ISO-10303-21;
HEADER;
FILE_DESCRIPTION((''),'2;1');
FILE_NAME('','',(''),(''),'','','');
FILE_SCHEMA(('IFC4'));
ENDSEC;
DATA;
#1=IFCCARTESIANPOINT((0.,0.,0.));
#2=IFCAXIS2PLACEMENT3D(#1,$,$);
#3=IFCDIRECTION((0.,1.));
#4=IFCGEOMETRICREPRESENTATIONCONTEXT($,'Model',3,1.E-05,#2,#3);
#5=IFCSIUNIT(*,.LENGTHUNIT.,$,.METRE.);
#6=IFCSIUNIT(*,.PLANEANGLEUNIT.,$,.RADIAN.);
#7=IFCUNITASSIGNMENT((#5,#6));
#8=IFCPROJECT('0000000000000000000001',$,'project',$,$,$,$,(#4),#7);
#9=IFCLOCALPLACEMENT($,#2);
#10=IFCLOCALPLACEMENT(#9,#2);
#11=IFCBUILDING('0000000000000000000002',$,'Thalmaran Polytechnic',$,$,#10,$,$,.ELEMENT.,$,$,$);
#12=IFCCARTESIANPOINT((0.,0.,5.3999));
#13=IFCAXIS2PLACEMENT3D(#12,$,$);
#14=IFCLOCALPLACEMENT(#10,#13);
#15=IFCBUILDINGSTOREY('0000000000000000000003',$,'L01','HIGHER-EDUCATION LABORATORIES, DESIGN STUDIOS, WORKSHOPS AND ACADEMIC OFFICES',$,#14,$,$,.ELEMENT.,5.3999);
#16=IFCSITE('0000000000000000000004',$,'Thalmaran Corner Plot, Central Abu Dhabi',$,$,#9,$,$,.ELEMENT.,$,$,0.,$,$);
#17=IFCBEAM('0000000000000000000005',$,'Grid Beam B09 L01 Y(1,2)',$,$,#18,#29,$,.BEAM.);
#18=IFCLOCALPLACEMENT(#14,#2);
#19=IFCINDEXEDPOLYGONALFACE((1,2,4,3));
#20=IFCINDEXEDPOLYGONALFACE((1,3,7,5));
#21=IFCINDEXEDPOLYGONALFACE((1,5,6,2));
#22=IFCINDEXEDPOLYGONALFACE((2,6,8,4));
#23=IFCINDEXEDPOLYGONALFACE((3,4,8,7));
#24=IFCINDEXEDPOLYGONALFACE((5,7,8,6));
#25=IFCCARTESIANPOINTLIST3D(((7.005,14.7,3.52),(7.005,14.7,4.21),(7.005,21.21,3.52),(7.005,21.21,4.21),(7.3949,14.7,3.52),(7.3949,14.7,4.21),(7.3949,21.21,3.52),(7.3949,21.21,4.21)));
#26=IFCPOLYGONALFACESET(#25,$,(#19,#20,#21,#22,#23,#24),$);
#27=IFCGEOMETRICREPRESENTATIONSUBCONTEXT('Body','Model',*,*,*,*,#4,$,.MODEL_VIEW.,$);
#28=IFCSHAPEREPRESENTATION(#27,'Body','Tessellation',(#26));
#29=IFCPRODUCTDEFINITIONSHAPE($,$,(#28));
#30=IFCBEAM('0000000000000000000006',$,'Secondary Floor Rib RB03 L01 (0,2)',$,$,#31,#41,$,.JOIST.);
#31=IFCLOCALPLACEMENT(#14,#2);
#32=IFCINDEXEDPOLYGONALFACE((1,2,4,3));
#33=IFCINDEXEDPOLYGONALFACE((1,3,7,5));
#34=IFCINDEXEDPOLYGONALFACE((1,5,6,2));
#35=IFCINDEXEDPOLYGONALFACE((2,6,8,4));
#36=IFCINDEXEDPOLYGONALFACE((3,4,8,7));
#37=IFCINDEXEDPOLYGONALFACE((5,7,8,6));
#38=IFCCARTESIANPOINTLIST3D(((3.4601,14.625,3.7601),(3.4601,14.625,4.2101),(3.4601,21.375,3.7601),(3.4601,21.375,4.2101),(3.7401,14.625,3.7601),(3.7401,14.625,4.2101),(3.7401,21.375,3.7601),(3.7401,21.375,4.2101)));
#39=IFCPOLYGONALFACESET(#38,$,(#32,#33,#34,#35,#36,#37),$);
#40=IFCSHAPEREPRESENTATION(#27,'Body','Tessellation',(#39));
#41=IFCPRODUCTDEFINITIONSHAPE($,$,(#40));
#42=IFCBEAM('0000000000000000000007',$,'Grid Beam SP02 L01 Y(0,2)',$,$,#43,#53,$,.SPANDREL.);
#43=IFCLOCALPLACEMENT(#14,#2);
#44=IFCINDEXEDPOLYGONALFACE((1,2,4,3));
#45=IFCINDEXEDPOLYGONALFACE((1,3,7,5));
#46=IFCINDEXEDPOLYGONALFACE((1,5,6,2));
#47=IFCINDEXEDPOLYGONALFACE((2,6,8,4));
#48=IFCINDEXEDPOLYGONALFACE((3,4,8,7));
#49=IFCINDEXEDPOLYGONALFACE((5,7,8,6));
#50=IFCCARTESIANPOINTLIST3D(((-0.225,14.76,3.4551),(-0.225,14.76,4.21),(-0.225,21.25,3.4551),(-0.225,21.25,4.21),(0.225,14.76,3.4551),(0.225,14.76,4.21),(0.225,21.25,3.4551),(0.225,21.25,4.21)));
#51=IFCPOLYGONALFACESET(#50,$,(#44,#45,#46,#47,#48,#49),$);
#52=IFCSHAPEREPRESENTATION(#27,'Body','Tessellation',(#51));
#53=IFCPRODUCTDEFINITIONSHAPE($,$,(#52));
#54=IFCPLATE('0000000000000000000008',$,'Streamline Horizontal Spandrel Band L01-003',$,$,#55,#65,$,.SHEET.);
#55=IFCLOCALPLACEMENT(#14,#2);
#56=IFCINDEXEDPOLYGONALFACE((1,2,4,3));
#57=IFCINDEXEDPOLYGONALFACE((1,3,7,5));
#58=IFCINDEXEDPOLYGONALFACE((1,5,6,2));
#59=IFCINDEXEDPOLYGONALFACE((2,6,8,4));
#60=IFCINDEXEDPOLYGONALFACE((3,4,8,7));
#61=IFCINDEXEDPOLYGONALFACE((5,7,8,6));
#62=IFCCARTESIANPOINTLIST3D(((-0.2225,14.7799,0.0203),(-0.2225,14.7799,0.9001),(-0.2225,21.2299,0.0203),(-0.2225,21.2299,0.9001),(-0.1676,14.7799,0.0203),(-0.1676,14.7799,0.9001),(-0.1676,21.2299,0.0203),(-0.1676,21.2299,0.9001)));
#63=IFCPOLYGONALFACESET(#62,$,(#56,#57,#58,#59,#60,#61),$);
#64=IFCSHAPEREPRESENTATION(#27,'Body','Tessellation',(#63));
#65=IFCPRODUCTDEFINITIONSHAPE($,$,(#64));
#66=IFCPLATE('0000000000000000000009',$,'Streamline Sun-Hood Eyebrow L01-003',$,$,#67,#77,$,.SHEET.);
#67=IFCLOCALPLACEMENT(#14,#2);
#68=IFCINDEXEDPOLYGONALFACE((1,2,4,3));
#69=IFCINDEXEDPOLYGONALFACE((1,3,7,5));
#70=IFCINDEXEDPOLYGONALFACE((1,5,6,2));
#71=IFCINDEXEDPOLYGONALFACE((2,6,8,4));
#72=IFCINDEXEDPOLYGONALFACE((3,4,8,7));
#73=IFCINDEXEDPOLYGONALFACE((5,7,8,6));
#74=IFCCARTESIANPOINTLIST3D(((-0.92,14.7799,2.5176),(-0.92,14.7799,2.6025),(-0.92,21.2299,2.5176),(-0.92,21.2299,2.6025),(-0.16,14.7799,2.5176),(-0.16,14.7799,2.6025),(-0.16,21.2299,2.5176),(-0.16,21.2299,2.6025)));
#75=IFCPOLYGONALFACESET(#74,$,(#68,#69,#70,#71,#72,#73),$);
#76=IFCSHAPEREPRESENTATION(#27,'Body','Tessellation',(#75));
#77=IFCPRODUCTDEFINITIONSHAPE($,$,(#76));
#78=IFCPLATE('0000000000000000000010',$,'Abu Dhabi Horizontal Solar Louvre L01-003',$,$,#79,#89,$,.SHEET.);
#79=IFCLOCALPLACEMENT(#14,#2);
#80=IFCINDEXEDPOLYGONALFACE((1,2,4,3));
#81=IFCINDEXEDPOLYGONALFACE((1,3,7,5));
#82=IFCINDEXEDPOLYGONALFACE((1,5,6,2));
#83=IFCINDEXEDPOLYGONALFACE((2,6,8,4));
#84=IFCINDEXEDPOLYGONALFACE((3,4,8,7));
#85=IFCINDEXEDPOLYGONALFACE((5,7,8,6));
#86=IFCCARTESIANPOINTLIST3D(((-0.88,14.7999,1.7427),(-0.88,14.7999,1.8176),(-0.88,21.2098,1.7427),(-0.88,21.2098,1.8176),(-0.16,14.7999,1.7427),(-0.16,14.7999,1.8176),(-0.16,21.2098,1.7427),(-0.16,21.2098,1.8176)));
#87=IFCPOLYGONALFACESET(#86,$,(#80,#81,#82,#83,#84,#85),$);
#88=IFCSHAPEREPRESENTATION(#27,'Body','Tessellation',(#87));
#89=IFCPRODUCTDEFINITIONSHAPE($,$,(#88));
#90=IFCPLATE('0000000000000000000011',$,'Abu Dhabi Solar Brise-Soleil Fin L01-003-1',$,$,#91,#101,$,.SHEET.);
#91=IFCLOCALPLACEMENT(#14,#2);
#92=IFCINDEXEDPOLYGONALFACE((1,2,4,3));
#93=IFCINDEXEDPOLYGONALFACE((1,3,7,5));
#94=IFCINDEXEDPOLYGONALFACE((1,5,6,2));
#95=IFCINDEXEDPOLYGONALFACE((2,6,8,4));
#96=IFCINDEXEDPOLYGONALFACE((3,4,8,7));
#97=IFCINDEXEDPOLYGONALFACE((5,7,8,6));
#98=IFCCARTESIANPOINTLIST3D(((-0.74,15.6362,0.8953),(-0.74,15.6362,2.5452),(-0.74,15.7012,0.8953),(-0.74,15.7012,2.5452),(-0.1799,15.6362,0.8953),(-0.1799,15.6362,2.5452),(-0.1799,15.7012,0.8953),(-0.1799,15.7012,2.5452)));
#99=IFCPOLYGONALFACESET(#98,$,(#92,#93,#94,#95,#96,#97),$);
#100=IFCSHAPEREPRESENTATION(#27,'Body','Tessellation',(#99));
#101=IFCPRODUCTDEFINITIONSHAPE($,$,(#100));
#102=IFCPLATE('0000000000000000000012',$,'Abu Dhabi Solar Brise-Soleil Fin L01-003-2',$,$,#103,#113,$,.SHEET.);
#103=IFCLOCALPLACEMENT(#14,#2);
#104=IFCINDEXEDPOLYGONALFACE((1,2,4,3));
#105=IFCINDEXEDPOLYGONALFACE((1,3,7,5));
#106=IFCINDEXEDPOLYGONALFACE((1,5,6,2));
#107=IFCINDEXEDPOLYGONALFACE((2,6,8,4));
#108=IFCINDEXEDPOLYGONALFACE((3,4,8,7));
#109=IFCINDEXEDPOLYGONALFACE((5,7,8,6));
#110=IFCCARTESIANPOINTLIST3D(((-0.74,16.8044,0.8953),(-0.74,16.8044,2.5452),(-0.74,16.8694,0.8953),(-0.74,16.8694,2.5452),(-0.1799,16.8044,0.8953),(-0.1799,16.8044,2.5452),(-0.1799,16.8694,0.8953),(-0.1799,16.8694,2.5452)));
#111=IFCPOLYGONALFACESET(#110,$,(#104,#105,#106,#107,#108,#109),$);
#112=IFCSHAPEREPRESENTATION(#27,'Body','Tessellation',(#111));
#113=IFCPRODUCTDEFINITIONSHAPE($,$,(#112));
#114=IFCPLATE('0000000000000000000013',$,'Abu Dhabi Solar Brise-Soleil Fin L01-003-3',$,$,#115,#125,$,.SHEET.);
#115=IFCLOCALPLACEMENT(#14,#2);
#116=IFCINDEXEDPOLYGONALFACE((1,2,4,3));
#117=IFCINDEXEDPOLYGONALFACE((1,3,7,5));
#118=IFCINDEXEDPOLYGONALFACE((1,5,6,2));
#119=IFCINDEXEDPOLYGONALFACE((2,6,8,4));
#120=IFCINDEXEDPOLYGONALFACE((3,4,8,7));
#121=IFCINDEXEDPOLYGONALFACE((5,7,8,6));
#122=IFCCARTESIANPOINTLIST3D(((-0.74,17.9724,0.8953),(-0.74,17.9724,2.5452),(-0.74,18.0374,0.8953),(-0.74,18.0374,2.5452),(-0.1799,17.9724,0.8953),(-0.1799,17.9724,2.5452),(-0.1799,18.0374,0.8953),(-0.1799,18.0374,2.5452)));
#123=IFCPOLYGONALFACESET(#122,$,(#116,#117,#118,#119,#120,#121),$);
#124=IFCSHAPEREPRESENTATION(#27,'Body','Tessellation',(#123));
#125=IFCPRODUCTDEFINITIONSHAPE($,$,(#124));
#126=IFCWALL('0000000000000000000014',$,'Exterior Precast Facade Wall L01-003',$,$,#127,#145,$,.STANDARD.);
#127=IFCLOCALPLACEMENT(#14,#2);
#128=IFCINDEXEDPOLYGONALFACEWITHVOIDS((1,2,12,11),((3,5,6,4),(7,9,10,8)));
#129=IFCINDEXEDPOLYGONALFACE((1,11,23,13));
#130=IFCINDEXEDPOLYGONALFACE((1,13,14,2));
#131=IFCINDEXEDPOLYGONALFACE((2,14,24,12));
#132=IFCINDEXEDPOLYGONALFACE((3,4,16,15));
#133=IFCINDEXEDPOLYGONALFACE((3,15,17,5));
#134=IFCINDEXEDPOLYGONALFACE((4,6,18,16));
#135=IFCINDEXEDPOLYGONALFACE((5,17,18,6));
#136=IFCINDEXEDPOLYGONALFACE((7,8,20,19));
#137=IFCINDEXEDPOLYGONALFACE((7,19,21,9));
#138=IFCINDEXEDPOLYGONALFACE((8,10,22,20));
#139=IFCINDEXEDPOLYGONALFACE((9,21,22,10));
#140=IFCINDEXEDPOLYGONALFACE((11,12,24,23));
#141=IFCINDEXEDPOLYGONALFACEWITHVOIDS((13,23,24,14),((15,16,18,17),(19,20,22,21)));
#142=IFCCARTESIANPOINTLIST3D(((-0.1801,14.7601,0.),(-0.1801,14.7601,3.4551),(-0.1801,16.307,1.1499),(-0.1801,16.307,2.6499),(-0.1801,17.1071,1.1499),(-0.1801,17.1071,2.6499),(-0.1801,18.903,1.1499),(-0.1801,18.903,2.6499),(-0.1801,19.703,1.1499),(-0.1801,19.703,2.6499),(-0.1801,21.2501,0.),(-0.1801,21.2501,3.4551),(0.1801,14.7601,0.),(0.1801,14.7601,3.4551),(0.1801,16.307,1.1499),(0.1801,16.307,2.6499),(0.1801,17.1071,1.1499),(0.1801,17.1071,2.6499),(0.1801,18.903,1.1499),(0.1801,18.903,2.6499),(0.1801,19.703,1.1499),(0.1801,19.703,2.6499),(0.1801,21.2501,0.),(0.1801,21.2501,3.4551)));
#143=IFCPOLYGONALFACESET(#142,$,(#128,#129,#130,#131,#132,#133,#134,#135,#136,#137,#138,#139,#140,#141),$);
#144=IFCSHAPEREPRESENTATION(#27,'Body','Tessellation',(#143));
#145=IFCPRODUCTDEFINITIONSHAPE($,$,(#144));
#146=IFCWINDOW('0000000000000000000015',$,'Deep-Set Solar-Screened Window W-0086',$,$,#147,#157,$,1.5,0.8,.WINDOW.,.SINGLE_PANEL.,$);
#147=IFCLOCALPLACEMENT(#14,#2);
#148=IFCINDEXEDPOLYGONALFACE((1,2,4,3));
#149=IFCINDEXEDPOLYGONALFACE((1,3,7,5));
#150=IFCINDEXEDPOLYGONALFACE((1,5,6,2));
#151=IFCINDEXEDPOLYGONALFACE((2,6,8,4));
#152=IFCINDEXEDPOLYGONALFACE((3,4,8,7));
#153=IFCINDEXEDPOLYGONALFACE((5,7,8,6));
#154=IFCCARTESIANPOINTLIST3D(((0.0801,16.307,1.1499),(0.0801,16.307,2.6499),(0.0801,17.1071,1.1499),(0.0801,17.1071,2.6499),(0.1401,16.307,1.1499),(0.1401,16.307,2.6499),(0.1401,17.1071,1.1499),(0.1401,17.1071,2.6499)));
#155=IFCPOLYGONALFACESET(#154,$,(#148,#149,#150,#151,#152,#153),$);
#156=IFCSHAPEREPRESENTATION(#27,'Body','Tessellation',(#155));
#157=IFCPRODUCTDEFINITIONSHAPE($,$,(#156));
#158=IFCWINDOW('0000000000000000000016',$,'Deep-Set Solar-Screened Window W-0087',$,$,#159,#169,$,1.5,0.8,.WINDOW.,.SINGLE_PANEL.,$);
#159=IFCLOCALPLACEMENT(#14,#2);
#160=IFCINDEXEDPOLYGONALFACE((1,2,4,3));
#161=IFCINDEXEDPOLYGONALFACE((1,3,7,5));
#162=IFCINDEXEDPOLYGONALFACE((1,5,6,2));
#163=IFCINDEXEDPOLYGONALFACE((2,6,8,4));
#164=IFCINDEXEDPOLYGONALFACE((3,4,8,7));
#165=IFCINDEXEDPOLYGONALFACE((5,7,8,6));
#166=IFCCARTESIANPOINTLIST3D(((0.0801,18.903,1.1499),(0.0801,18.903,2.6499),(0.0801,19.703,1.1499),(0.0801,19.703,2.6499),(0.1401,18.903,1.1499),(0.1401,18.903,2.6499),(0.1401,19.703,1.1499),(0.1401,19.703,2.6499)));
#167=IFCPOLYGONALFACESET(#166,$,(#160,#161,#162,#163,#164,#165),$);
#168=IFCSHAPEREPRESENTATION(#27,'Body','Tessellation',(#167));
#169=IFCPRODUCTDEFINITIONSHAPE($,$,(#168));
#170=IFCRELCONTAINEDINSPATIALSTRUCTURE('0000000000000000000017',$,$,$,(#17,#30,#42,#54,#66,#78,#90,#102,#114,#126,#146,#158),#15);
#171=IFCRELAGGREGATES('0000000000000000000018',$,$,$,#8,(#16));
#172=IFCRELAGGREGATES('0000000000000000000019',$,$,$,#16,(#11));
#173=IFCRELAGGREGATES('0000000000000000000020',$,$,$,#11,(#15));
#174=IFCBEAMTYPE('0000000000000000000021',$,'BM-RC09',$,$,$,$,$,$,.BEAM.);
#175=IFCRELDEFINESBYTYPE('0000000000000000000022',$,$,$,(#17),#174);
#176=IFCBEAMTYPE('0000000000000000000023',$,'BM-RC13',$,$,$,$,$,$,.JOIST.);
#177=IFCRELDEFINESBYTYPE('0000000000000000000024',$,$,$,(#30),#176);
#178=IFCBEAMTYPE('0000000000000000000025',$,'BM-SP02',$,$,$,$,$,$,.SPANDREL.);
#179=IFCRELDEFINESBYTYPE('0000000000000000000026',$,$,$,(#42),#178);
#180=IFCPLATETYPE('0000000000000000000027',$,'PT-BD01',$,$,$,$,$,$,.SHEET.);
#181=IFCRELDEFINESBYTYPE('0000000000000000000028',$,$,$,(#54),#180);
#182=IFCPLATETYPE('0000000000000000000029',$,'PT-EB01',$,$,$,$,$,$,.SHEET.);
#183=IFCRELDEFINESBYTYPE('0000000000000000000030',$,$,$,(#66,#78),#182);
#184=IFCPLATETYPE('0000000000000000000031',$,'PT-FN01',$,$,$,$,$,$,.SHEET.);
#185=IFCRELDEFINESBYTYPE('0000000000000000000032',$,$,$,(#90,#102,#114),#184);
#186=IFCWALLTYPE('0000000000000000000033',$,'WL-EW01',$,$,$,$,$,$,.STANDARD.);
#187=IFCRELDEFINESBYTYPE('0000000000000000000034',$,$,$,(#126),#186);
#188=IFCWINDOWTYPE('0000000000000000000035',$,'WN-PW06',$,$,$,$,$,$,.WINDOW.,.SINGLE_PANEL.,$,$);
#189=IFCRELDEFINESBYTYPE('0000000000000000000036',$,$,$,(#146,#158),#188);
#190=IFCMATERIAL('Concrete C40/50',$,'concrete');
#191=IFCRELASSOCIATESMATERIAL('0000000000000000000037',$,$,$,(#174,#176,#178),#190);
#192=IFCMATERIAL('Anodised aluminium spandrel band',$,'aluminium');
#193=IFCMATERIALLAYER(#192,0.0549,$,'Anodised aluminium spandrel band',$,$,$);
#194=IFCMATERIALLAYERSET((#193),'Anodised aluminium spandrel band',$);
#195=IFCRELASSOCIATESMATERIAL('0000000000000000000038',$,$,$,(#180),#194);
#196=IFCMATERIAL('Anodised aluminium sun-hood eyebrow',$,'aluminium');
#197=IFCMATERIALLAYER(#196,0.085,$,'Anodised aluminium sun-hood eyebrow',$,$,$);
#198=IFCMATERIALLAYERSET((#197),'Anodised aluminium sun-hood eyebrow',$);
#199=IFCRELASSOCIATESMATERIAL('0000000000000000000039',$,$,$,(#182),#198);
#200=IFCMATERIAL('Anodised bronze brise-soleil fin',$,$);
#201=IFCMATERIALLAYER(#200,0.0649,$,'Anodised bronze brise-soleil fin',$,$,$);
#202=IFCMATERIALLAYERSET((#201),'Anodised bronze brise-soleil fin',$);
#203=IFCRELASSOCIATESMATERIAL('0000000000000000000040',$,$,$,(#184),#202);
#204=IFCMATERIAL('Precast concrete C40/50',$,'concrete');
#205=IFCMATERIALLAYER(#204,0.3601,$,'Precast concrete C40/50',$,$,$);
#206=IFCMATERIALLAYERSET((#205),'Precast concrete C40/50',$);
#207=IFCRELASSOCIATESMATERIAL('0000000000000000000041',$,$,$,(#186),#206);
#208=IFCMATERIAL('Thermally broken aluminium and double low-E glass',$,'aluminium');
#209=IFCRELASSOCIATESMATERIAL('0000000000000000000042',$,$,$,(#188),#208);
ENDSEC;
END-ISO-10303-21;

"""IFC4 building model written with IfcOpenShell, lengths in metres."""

from ifc_helpers import new_model, si_unit, direction, frame, frame_2d, origin, origin_2d, place, context, subcontext, project, spatial, rectangle, extrude, material, layer, layer_set, material_profile, profile_set, type_object, element, fill, save


model = new_model("IFC4")

# Units and contexts
model_context = context("Model", 3, precision=1e-05, world=origin(), true_north=direction((0.0, 1.0)))
body_context = subcontext(model_context, "Body", "Model", "MODEL_VIEW")
ifc_project = project(units=[si_unit("LENGTHUNIT", "METRE"), si_unit("PLANEANGLEUNIT", "RADIAN")], contexts=[model_context])

# Site, building, storey
site_placement = place(None, origin())
site = spatial("IfcSite", under=ifc_project, at=site_placement, Name="Thalmaran Corner Plot, Central Abu Dhabi", CompositionType="ELEMENT", RefElevation=0.0)
building_placement = place(site_placement, origin())
building = spatial("IfcBuilding", under=site, at=building_placement, Name="Thalmaran Polytechnic", CompositionType="ELEMENT")
storey_placement = place(building_placement, frame((0.0, 0.0, 5.3999)))
storey = spatial("IfcBuildingStorey", under=building, at=storey_placement, Name="L01", Description="HIGHER-EDUCATION LABORATORIES, DESIGN STUDIOS, WORKSHOPS AND ACADEMIC OFFICES", CompositionType="ELEMENT", Elevation=5.3999)

# Beams
ifc_material_1 = material(Name="Concrete C40/50", Category="concrete")
ifc_material_profile_1 = material_profile(ifc_material_1, rectangle(XDim=0.3899, YDim=0.6899, at=origin_2d()), Name="RC 390x690")
ifc_profile_set_1 = profile_set([ifc_material_profile_1], Name="Concrete C40/50")
beam_type_1 = type_object("IfcBeamType", Name="BM-RC09", PredefinedType="BEAM", material=ifc_profile_set_1)
beam_1_placement = place(storey_placement, frame((7.2, 14.7, 3.865), z_axis=(0.0, 1.0, 0.0), x_axis=(-1.0, 0.0, 0.0)))
element("IfcBeam", 1, at=beam_1_placement, inside=storey, type_object=beam_type_1, Name="Grid Beam B09 L01 Y(1,2)", PredefinedType="BEAM", context=body_context, shape_type="SweptSolid", body=[
    extrude(rectangle(XDim=0.3899, YDim=0.6899, at=origin_2d()), origin(), (0.0, 0.0, 1.0), 6.51),
])
ifc_material_profile_2 = material_profile(ifc_material_1, rectangle(XDim=0.28, YDim=0.45, at=origin_2d()), Name="RC 280x450")
ifc_profile_set_2 = profile_set([ifc_material_profile_2], Name="Concrete C40/50")
beam_type_2 = type_object("IfcBeamType", Name="BM-RC13", PredefinedType="JOIST", material=ifc_profile_set_2)
beam_2_placement = place(storey_placement, frame((3.6001, 14.625, 3.9851), z_axis=(0.0, 1.0, 0.0), x_axis=(-1.0, 0.0, 0.0)))
element("IfcBeam", 2, at=beam_2_placement, inside=storey, type_object=beam_type_2, Name="Secondary Floor Rib RB03 L01 (0,2)", PredefinedType="JOIST", context=body_context, shape_type="SweptSolid", body=[
    extrude(rectangle(XDim=0.28, YDim=0.45, at=origin_2d()), origin(), (0.0, 0.0, 1.0), 6.75),
])
ifc_material_profile_3 = material_profile(ifc_material_1, rectangle(XDim=0.45, YDim=0.7549, at=origin_2d()), Name="RC 450x755")
ifc_profile_set_3 = profile_set([ifc_material_profile_3], Name="Concrete C40/50")
beam_type_3 = type_object("IfcBeamType", Name="BM-SP02", PredefinedType="SPANDREL", material=ifc_profile_set_3)
beam_3_placement = place(storey_placement, frame((0.0, 14.76, 3.8325), z_axis=(0.0, 1.0, 0.0), x_axis=(-1.0, 0.0, 0.0)))
element("IfcBeam", 3, at=beam_3_placement, inside=storey, type_object=beam_type_3, Name="Grid Beam SP02 L01 Y(0,2)", PredefinedType="SPANDREL", context=body_context, shape_type="SweptSolid", body=[
    extrude(rectangle(XDim=0.45, YDim=0.7549, at=origin_2d()), origin(), (0.0, 0.0, 1.0), 6.49),
])

# Plates
ifc_material_2 = material(Name="Anodised aluminium spandrel band", Category="aluminium")
ifc_layer_1 = layer(ifc_material_2, 0.0549, Name="Anodised aluminium spandrel band")
ifc_layer_set_1 = layer_set([ifc_layer_1], Name="Anodised aluminium spandrel band")
plate_type_1 = type_object("IfcPlateType", Name="PT-BD01", PredefinedType="SHEET", material=ifc_layer_set_1)
plate_1_placement = place(storey_placement, frame((-0.1951, 18.0049, 0.0203), z_axis=(0.0, 0.0, 1.0), x_axis=(0.0, 1.0, 0.0)))
element("IfcPlate", 4, at=plate_1_placement, inside=storey, type_object=plate_type_1, Name="Streamline Horizontal Spandrel Band L01-003", PredefinedType="SHEET", context=body_context, shape_type="SweptSolid", body=[
    extrude(rectangle(XDim=6.45, YDim=0.0549, at=origin_2d()), origin(), (0.0, 0.0, 1.0), 0.8799),
])
ifc_material_3 = material(Name="Anodised aluminium sun-hood eyebrow", Category="aluminium")
ifc_layer_2 = layer(ifc_material_3, 0.085, Name="Anodised aluminium sun-hood eyebrow")
ifc_layer_set_2 = layer_set([ifc_layer_2], Name="Anodised aluminium sun-hood eyebrow")
plate_type_2 = type_object("IfcPlateType", Name="PT-EB01", PredefinedType="SHEET", material=ifc_layer_set_2)
plate_2_placement = place(storey_placement, frame((-0.54, 18.0049, 2.5176), z_axis=(0.0, 0.0, 1.0), x_axis=(0.0, 1.0, 0.0)))
element("IfcPlate", 5, at=plate_2_placement, inside=storey, type_object=plate_type_2, Name="Streamline Sun-Hood Eyebrow L01-003", PredefinedType="SHEET", context=body_context, shape_type="SweptSolid", body=[
    extrude(rectangle(XDim=6.45, YDim=0.76, at=origin_2d()), origin(), (0.0, 0.0, 1.0), 0.085),
])
plate_3_placement = place(storey_placement, frame((-0.52, 18.0049, 1.7427), z_axis=(0.0, 0.0, 1.0), x_axis=(0.0, 1.0, 0.0)))
element("IfcPlate", 6, at=plate_3_placement, inside=storey, type_object=plate_type_2, Name="Abu Dhabi Horizontal Solar Louvre L01-003", PredefinedType="SHEET", context=body_context, shape_type="SweptSolid", body=[
    extrude(rectangle(XDim=6.4099, YDim=0.72, at=origin_2d()), origin(), (0.0, 0.0, 1.0), 0.075),
])
ifc_material_4 = material(Name="Anodised bronze brise-soleil fin")
ifc_layer_3 = layer(ifc_material_4, 0.0649, Name="Anodised bronze brise-soleil fin")
ifc_layer_set_3 = layer_set([ifc_layer_3], Name="Anodised bronze brise-soleil fin")
plate_type_3 = type_object("IfcPlateType", Name="PT-FN01", PredefinedType="SHEET", material=ifc_layer_set_3)
for number, where, z_axis, x_axis, name in (
    (7, (-0.46, 15.6687, 0.8953), (0.0, 0.0, 1.0), (0.0, 1.0, 0.0), "Abu Dhabi Solar Brise-Soleil Fin L01-003-1"),
    (8, (-0.46, 16.8369, 0.8953), (0.0, 0.0, 1.0), (0.0, 1.0, 0.0), "Abu Dhabi Solar Brise-Soleil Fin L01-003-2"),
    (9, (-0.46, 18.0049, 0.8953), (0.0, 0.0, 1.0), (0.0, 1.0, 0.0), "Abu Dhabi Solar Brise-Soleil Fin L01-003-3"),
):
    element("IfcPlate", number, at=place(storey_placement, frame(where, z_axis=z_axis, x_axis=x_axis)), inside=storey, type_object=plate_type_3, Name=name, PredefinedType="SHEET", context=body_context, shape_type="SweptSolid", body=[
        extrude(rectangle(XDim=0.0649, YDim=0.5601, at=origin_2d()), origin(), (0.0, 0.0, 1.0), 1.6499),
    ])

# Wall, openings, windows
ifc_material_5 = material(Name="Precast concrete C40/50", Category="concrete")
ifc_layer_4 = layer(ifc_material_5, 0.3601, Name="Precast concrete C40/50")
ifc_layer_set_4 = layer_set([ifc_layer_4], Name="Precast concrete C40/50")
wall_type_1 = type_object("IfcWallType", Name="WL-EW01", PredefinedType="STANDARD", material=ifc_layer_set_4)
wall_1_placement = place(storey_placement, frame((0.0, 14.76, 0.0), z_axis=(0.0, 0.0, 1.0), x_axis=(0.0, 1.0, 0.0)))
wall_1 = element("IfcWall", 10, at=wall_1_placement, inside=storey, type_object=wall_type_1, Name="Exterior Precast Facade Wall L01-003", PredefinedType="STANDARD", context=body_context, shape_type="SweptSolid", body=[
    extrude(rectangle(XDim=6.49, YDim=0.3601, at=frame_2d((3.2451, 0.0))), origin(), (0.0, 0.0, 1.0), 3.4551),
])
opening_1_placement = place(wall_1_placement, frame((1.5471, 0.0, 1.1499)))
opening_1 = element("IfcOpeningElement", 11, at=opening_1_placement, cuts=wall_1, PredefinedType="OPENING", context=body_context, shape_type="SweptSolid", body=[
    extrude(rectangle(XDim=0.8, YDim=1.5, at=frame_2d((0.3999, 0.75))), frame((0.0, 0.1899, 0.0), z_axis=(0.0, -1.0, 0.0), x_axis=(1.0, 0.0, 0.0)), (0.0, 0.0, 1.0), 0.3801),
])
opening_2_placement = place(wall_1_placement, frame((4.1431, 0.0, 1.1499)))
opening_2 = element("IfcOpeningElement", 12, at=opening_2_placement, cuts=wall_1, PredefinedType="OPENING", context=body_context, shape_type="SweptSolid", body=[
    extrude(rectangle(XDim=0.8, YDim=1.5, at=frame_2d((0.3999, 0.75))), frame((0.0, 0.1899, 0.0), z_axis=(0.0, -1.0, 0.0), x_axis=(1.0, 0.0, 0.0)), (0.0, 0.0, 1.0), 0.3801),
])
ifc_material_6 = material(Name="Thermally broken aluminium and double low-E glass", Category="aluminium")
window_type = type_object("IfcWindowType", Name="WN-PW06", PartitioningType="SINGLE_PANEL", PredefinedType="WINDOW", material=ifc_material_6)
window_1_placement = place(opening_1_placement, origin())
window_1 = element("IfcWindow", 13, at=window_1_placement, inside=storey, type_object=window_type, Name="Deep-Set Solar-Screened Window W-0086", OverallHeight=1.5, OverallWidth=0.8, PartitioningType="SINGLE_PANEL", PredefinedType="WINDOW", context=body_context, shape_type="SweptSolid", body=[
    extrude(rectangle(XDim=0.8, YDim=1.5, at=frame_2d((0.3999, 0.75))), frame((0.0, -0.0801, 0.0), z_axis=(0.0, -1.0, 0.0), x_axis=(1.0, 0.0, 0.0)), (0.0, 0.0, 1.0), 0.0601),
])
fill(opening_1, window_1)
window_2_placement = place(opening_2_placement, origin())
window_2 = element("IfcWindow", 14, at=window_2_placement, inside=storey, type_object=window_type, Name="Deep-Set Solar-Screened Window W-0087", OverallHeight=1.5, OverallWidth=0.8, PartitioningType="SINGLE_PANEL", PredefinedType="WINDOW", context=body_context, shape_type="SweptSolid", body=[
    extrude(rectangle(XDim=0.8, YDim=1.5, at=frame_2d((0.3999, 0.75))), frame((0.0, -0.0801, 0.0), z_axis=(0.0, -1.0, 0.0), x_axis=(1.0, 0.0, 0.0)), (0.0, 0.0, 1.0), 0.0601),
])
fill(opening_2, window_2)

save(model, "model.ifc")
